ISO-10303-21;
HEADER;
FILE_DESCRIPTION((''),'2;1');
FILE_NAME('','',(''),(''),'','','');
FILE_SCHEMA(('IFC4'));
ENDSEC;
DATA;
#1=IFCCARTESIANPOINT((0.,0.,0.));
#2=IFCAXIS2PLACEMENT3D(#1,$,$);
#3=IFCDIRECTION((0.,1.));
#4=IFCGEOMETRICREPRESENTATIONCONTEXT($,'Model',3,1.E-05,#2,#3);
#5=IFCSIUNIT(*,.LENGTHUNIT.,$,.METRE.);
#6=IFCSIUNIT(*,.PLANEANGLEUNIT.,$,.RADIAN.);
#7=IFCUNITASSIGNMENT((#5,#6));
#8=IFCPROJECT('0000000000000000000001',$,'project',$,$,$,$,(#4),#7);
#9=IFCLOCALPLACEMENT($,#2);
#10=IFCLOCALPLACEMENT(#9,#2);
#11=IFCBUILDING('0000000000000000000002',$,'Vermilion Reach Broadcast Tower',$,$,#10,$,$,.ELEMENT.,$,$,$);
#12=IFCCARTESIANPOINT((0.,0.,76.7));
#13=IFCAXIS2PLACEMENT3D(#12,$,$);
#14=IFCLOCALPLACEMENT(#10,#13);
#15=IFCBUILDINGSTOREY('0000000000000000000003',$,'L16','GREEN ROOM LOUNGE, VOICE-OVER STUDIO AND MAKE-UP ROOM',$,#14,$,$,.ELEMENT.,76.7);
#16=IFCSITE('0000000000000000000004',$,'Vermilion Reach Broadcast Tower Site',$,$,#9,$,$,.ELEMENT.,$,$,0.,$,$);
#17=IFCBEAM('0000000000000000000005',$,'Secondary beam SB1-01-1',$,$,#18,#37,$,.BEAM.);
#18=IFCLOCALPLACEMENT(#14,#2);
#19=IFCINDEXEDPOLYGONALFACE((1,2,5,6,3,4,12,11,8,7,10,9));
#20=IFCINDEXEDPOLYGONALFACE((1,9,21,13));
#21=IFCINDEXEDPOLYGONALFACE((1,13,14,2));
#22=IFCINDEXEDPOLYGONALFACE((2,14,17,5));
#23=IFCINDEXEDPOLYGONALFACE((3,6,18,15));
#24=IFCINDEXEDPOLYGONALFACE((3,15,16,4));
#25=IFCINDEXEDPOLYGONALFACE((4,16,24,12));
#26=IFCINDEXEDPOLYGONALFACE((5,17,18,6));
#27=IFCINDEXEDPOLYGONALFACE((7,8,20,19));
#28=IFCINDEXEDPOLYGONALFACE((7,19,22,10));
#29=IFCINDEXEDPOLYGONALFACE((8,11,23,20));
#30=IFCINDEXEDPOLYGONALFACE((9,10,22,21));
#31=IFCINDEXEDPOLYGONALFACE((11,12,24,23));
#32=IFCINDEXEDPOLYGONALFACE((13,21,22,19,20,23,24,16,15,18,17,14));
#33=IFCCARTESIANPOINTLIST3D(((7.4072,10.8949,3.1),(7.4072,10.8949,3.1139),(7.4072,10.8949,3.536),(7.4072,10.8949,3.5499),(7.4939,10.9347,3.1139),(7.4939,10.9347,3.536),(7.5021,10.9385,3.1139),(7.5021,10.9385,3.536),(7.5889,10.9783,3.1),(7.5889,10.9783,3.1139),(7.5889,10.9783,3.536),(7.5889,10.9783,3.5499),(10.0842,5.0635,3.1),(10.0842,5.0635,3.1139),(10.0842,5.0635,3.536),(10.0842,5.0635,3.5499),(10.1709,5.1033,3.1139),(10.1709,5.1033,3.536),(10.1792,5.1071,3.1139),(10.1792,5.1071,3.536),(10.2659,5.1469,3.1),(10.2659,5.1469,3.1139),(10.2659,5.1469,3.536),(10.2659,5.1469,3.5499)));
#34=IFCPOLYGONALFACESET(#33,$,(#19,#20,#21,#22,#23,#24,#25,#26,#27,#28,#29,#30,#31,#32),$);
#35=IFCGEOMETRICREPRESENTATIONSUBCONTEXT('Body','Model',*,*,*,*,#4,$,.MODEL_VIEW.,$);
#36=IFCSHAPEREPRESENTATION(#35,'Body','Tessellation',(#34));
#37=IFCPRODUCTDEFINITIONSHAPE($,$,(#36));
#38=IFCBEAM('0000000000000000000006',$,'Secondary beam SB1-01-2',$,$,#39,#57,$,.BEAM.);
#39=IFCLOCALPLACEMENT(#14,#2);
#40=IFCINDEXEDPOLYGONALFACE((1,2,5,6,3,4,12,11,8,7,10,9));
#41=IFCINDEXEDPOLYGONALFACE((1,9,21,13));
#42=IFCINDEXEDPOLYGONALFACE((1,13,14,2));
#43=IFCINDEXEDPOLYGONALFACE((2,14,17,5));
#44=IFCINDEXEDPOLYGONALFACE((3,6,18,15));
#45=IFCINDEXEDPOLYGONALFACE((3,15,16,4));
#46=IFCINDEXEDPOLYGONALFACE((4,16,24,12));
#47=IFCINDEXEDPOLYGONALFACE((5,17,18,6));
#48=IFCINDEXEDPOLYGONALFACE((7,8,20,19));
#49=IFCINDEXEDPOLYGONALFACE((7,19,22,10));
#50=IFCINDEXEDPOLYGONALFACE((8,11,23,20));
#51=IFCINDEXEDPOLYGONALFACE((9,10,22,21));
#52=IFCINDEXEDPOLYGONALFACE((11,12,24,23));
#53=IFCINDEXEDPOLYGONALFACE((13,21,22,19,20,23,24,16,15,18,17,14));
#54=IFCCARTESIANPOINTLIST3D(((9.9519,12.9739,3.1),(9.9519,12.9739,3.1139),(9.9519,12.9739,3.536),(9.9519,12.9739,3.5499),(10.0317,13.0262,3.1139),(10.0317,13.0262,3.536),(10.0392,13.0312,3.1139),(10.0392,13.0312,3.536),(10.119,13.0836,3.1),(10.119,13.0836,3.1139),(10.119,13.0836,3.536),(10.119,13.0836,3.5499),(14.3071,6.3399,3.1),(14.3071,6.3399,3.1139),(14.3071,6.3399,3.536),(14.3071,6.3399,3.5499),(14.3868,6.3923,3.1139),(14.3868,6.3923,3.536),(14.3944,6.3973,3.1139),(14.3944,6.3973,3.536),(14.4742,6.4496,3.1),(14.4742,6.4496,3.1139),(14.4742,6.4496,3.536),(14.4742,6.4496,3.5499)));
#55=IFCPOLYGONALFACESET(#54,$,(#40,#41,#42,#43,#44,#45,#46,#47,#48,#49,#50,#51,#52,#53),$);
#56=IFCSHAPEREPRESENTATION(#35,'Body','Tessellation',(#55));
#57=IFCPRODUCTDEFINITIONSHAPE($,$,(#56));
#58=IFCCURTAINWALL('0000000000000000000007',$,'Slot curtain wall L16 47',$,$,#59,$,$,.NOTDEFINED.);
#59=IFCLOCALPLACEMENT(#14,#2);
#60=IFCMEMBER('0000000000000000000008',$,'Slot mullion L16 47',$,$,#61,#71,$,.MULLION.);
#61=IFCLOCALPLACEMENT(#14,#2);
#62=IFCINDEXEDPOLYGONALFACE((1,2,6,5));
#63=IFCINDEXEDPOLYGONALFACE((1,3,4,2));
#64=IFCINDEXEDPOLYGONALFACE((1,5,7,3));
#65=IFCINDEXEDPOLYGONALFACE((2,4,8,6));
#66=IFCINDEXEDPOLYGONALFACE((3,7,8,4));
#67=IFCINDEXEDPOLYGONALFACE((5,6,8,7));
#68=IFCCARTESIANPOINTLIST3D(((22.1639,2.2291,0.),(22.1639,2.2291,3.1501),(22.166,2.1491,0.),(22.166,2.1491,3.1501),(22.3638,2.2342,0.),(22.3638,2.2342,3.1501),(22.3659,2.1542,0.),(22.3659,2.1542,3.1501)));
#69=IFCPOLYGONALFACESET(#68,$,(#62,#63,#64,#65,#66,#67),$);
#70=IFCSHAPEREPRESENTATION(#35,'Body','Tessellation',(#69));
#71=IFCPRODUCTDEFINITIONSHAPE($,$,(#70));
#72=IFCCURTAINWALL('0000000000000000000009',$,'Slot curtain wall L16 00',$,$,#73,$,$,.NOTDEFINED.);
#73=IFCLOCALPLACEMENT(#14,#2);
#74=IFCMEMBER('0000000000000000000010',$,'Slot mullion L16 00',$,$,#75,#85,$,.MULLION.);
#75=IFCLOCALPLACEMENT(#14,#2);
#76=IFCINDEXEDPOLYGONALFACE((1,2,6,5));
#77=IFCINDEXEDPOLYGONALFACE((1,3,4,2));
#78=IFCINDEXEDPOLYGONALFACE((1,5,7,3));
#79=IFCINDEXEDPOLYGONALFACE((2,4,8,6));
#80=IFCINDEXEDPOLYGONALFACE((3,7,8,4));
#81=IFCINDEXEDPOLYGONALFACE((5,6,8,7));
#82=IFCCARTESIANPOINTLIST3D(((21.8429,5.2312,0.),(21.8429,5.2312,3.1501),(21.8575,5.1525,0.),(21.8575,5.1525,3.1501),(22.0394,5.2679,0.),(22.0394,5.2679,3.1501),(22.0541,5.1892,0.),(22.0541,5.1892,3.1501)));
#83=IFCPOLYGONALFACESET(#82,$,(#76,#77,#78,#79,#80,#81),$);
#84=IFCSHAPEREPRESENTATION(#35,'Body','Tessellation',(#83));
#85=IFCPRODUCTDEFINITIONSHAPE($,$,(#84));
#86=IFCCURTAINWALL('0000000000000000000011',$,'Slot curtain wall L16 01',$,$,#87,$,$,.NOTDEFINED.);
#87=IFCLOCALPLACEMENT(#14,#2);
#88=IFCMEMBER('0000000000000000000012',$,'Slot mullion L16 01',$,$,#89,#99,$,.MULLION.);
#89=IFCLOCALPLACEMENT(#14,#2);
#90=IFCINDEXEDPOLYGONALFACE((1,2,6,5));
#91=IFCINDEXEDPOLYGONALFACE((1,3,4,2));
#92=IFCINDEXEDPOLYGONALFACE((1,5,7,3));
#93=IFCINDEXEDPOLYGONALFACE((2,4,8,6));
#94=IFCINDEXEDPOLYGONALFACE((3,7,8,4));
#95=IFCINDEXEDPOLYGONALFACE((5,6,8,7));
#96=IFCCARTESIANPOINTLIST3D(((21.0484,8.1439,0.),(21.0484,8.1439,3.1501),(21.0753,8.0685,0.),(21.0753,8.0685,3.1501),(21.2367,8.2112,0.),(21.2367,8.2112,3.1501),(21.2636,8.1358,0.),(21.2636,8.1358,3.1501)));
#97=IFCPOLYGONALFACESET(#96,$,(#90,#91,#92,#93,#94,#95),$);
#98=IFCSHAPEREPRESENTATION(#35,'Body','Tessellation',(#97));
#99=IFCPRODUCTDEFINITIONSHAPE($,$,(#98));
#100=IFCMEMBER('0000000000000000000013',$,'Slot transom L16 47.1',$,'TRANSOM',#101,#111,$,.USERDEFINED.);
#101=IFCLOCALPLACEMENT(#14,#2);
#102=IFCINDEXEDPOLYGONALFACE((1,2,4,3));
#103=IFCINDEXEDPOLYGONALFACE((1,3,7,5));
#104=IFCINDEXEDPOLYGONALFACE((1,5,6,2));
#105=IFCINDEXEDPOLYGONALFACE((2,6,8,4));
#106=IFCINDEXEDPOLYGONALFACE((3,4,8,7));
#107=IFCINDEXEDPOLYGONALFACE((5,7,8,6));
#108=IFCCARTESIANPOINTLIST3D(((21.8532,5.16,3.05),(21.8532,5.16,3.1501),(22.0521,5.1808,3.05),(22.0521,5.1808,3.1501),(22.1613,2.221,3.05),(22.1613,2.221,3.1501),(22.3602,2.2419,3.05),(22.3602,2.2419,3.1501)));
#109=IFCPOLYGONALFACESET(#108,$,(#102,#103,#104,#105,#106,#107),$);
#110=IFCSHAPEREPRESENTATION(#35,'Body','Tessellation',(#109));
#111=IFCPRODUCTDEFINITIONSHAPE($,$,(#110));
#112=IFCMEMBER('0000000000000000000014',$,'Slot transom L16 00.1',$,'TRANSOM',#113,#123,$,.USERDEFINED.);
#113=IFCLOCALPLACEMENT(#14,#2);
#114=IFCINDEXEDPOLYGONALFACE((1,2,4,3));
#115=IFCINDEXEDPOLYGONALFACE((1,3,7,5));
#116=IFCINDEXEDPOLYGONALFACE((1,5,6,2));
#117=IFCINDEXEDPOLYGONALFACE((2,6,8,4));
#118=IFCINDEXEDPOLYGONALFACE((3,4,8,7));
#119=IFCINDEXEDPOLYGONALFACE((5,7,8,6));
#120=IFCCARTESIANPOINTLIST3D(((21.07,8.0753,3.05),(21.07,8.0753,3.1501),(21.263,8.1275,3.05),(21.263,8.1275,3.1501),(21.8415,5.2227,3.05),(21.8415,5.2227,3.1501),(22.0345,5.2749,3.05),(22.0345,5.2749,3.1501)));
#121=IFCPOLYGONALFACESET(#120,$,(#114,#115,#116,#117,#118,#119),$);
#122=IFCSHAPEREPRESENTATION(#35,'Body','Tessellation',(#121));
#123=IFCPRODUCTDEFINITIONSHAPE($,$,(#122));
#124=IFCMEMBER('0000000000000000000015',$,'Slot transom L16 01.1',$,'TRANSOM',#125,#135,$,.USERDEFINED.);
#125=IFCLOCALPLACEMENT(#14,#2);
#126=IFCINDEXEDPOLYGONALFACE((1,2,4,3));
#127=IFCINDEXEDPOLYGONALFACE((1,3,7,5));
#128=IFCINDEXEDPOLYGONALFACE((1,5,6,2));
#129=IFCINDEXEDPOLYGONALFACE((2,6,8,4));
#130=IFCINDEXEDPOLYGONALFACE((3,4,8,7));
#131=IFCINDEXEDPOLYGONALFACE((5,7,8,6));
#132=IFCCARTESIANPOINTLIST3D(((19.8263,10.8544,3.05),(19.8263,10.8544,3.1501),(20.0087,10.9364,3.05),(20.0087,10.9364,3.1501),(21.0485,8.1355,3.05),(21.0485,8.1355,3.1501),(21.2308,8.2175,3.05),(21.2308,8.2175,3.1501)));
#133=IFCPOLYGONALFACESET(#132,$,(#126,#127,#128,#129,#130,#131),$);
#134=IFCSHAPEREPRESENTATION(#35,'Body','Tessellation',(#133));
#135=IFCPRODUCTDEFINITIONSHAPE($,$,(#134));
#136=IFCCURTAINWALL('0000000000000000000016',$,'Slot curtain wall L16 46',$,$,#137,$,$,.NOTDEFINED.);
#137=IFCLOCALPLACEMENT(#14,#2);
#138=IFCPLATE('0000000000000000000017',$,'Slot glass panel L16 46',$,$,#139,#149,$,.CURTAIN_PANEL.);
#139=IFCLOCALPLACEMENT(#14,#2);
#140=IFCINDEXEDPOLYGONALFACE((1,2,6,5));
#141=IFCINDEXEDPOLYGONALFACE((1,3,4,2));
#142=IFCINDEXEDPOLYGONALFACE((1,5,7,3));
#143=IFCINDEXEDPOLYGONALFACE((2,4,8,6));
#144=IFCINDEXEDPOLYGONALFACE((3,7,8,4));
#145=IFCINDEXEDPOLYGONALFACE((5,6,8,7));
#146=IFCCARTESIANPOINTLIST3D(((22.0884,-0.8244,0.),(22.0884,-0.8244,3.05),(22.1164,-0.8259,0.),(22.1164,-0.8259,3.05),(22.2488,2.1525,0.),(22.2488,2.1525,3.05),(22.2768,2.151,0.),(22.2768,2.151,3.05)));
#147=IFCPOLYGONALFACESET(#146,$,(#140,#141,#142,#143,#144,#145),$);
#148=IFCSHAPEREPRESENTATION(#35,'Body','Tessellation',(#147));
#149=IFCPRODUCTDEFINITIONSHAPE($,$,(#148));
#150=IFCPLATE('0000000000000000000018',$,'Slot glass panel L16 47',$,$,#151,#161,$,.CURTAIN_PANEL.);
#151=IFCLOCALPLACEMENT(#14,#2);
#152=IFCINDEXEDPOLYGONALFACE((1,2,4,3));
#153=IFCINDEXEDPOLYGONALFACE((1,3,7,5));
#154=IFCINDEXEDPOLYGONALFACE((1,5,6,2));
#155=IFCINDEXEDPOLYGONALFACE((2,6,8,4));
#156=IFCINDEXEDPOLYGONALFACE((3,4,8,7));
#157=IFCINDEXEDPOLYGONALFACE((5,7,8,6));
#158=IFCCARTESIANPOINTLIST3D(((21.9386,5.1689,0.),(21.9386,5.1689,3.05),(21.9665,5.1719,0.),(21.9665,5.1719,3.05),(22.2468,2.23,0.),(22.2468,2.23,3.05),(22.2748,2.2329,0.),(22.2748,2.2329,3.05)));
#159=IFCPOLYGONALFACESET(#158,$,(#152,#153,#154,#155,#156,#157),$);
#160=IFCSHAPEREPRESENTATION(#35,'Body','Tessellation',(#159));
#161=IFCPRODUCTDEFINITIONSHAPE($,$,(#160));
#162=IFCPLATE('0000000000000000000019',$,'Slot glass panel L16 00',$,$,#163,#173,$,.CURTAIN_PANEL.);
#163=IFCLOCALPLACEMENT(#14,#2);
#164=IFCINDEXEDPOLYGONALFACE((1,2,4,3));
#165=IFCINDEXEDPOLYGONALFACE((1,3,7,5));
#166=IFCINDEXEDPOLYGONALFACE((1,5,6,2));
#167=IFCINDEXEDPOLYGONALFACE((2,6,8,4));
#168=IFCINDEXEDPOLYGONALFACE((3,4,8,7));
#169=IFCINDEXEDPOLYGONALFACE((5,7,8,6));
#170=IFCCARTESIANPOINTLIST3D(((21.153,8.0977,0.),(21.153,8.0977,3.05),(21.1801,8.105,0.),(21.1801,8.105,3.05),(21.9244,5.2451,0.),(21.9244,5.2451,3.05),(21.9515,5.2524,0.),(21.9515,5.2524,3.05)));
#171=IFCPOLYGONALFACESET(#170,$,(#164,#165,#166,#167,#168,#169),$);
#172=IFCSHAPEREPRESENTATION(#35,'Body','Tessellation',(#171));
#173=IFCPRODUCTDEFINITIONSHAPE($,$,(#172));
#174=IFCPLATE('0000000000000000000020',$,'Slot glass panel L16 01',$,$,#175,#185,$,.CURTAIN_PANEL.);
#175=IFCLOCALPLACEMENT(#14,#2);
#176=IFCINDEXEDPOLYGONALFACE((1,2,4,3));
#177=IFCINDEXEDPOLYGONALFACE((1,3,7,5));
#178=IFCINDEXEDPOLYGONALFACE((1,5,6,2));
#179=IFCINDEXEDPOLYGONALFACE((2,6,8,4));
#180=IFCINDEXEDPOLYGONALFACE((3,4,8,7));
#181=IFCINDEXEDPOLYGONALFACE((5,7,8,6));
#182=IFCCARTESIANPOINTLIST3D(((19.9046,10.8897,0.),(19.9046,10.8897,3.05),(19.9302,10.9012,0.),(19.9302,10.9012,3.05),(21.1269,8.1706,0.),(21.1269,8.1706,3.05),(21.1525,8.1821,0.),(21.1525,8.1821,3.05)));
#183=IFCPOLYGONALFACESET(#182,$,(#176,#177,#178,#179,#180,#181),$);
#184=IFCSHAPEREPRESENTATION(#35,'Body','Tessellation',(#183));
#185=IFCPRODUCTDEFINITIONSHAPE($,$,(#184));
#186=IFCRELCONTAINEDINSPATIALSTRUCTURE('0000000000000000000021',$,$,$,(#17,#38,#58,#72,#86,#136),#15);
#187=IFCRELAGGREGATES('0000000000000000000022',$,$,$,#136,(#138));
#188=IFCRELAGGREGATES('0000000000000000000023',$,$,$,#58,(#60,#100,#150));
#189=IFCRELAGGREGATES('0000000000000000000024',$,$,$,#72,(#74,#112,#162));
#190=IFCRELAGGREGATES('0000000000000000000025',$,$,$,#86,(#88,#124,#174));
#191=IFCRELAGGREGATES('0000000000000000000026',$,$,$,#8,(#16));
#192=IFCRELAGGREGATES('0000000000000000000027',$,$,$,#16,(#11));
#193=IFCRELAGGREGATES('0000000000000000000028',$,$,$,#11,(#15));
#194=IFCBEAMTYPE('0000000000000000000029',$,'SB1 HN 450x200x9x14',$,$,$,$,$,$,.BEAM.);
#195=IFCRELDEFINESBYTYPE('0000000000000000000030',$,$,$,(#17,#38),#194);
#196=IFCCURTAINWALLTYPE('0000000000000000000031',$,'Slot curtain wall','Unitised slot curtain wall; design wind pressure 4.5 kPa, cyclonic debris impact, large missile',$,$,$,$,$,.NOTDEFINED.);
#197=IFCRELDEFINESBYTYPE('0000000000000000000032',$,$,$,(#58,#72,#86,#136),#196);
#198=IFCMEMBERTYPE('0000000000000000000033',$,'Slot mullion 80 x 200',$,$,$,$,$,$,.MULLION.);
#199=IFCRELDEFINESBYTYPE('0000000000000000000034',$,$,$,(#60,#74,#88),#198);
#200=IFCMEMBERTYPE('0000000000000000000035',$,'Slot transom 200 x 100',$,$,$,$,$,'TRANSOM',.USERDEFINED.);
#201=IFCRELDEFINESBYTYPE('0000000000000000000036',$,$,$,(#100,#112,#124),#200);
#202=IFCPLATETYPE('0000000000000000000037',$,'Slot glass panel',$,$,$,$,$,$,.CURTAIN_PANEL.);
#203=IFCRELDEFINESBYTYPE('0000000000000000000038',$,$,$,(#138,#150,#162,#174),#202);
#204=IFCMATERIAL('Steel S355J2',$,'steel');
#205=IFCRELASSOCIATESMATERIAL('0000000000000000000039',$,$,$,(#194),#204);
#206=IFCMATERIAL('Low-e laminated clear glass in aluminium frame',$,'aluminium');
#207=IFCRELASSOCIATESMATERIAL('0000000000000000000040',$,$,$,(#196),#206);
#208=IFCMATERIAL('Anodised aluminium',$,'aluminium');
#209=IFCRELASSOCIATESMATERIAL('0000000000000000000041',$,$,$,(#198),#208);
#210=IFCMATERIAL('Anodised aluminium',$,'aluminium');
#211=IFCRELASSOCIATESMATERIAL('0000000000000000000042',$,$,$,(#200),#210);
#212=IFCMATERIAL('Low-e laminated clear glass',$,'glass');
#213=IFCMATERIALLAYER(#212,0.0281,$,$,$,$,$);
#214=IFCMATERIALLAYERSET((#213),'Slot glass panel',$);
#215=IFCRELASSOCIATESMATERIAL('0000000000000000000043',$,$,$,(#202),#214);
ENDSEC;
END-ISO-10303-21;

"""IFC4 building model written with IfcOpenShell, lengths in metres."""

from ifc_helpers import new_model, si_unit, direction, frame, origin, origin_2d, place, context, subcontext, project, spatial, rectangle, i_section, extrude, material, layer, layer_set, material_profile, profile_set, type_object, element, aggregate, save


model = new_model("IFC4")

# Units and contexts
model_context = context("Model", 3, precision=1e-05, world=origin(), true_north=direction((0.0, 1.0)))
body_context = subcontext(model_context, "Body", "Model", "MODEL_VIEW")
ifc_project = project(units=[si_unit("LENGTHUNIT", "METRE"), si_unit("PLANEANGLEUNIT", "RADIAN")], contexts=[model_context])

# Site, building, storey
site_placement = place(None, origin())
site = spatial("IfcSite", under=ifc_project, at=site_placement, Name="Vermilion Reach Broadcast Tower Site", CompositionType="ELEMENT", RefElevation=0.0)
building_placement = place(site_placement, origin())
building = spatial("IfcBuilding", under=site, at=building_placement, Name="Vermilion Reach Broadcast Tower", CompositionType="ELEMENT")
storey_placement = place(building_placement, frame((0.0, 0.0, 76.7)))
storey = spatial("IfcBuildingStorey", under=building, at=storey_placement, Name="L16", Description="GREEN ROOM LOUNGE, VOICE-OVER STUDIO AND MAKE-UP ROOM", CompositionType="ELEMENT", Elevation=76.7)

# Beams
ifc_material_1 = material(Name="Steel S355J2", Category="steel")
ifc_material_profile_1 = material_profile(ifc_material_1, i_section(OverallWidth=0.2, OverallDepth=0.45, WebThickness=0.009, FlangeThickness=0.0139, at=origin_2d()), Name="S355J2 HN 450x200x9x14")
ifc_profile_set_1 = profile_set([ifc_material_profile_1], Name="Steel S355J2")
beam_type_1 = type_object("IfcBeamType", Name="SB1 HN 450x200x9x14", PredefinedType="BEAM", material=ifc_profile_set_1)
beam_1_placement = place(storey_placement, frame((10.175, 5.1052, 3.325), z_axis=(-0.417211, 0.908809, 0.0), x_axis=(-0.908809, -0.417211, 0.0)))
element("IfcBeam", 1, at=beam_1_placement, inside=storey, type_object=beam_type_1, Name="Secondary beam SB1-01-1", PredefinedType="BEAM", context=body_context, shape_type="SweptSolid", body=[
    extrude(i_section(OverallWidth=0.2, OverallDepth=0.45, WebThickness=0.009, FlangeThickness=0.0139, at=origin_2d()), origin(), (0.0, 0.0, 1.0), 6.4165),
])
beam_2_placement = place(storey_placement, frame((14.3906, 6.3948, 3.325), z_axis=(-0.548801, 0.835953, 0.0), x_axis=(-0.835953, -0.548801, 0.0)))
element("IfcBeam", 2, at=beam_2_placement, inside=storey, type_object=beam_type_1, Name="Secondary beam SB1-01-2", PredefinedType="BEAM", context=body_context, shape_type="SweptSolid", body=[
    extrude(i_section(OverallWidth=0.2, OverallDepth=0.45, WebThickness=0.009, FlangeThickness=0.0139, at=origin_2d()), origin(), (0.0, 0.0, 1.0), 7.9358),
])

# Curtain walls, members
ifc_material_2 = material(Name="Low-e laminated clear glass in aluminium frame", Category="aluminium")
curtain_wall_type = type_object("IfcCurtainWallType", Name="Slot curtain wall", Description="Unitised slot curtain wall; design wind pressure 4.5 kPa, cyclonic debris impact, large missile", PredefinedType="NOTDEFINED", material=ifc_material_2)
placement = place(storey_placement, origin())
curtain_wall_1 = element("IfcCurtainWall", 3, at=placement, inside=storey, type_object=curtain_wall_type, Name="Slot curtain wall L16 47", PredefinedType="NOTDEFINED")
ifc_material_3 = material(Name="Anodised aluminium", Category="aluminium")
ifc_material_profile_2 = material_profile(ifc_material_3, rectangle(XDim=0.2, YDim=0.0801, at=origin_2d()), Name="Slot mullion 80 x 200")
ifc_profile_set_2 = profile_set([ifc_material_profile_2], Name="Anodised aluminium")
member_type_1 = type_object("IfcMemberType", Name="Slot mullion 80 x 200", PredefinedType="MULLION", material=ifc_profile_set_2)
member_1_placement = place(storey_placement, frame((22.2649, 2.1917, 0.0), z_axis=(0.0, 0.0, 1.0), x_axis=(-0.999679, -0.025324, 0.0)))
member_1 = element("IfcMember", 4, at=member_1_placement, type_object=member_type_1, Name="Slot mullion L16 47", PredefinedType="MULLION", context=body_context, shape_type="SweptSolid", body=[
    extrude(rectangle(XDim=0.2, YDim=0.0801, at=origin_2d()), origin(), (0.0, 0.0, 1.0), 3.1501),
])
curtain_wall_2 = element("IfcCurtainWall", 5, at=placement, inside=storey, type_object=curtain_wall_type, Name="Slot curtain wall L16 00", PredefinedType="NOTDEFINED")
member_2_placement = place(storey_placement, frame((21.9485, 5.2102, 0.0), z_axis=(0.0, 0.0, 1.0), x_axis=(-0.983064, -0.183265, 0.0)))
member_2 = element("IfcMember", 6, at=member_2_placement, type_object=member_type_1, Name="Slot mullion L16 00", PredefinedType="MULLION", context=body_context, shape_type="SweptSolid", body=[
    extrude(rectangle(XDim=0.2, YDim=0.0801, at=origin_2d()), origin(), (0.0, 0.0, 1.0), 3.1501),
])
curtain_wall_3 = element("IfcCurtainWall", 7, at=placement, inside=storey, type_object=curtain_wall_type, Name="Slot curtain wall L16 01", PredefinedType="NOTDEFINED")
member_3_placement = place(storey_placement, frame((21.156, 8.1399, 0.0), z_axis=(0.0, 0.0, 1.0), x_axis=(-0.941654, -0.336584, 0.0)))
member_3 = element("IfcMember", 8, at=member_3_placement, type_object=member_type_1, Name="Slot mullion L16 01", PredefinedType="MULLION", context=body_context, shape_type="SweptSolid", body=[
    extrude(rectangle(XDim=0.2, YDim=0.0801, at=origin_2d()), origin(), (0.0, 0.0, 1.0), 3.1501),
])

# Members
ifc_material_4 = material(Name="Anodised aluminium", Category="aluminium")
ifc_material_profile_3 = material_profile(ifc_material_4, rectangle(XDim=0.2, YDim=0.1001, at=origin_2d()), Name="Slot transom 200 x 100")
ifc_profile_set_3 = profile_set([ifc_material_profile_3], Name="Anodised aluminium")
member_type_2 = type_object("IfcMemberType", Name="Slot transom 200 x 100", ElementType="TRANSOM", PredefinedType="USERDEFINED", material=ifc_profile_set_3)
member_4_placement = place(storey_placement, frame((22.2607, 2.2314, 3.1001), z_axis=(-0.104263, 0.99455, 0.0), x_axis=(-0.99455, -0.104263, 0.0)))
member_4 = element("IfcMember", 9, at=member_4_placement, type_object=member_type_2, Name="Slot transom L16 47.1", ObjectType="TRANSOM", PredefinedType="USERDEFINED", context=body_context, shape_type="SweptSolid", body=[
    extrude(rectangle(XDim=0.2, YDim=0.1001, at=origin_2d()), origin(), (0.0, 0.0, 1.0), 2.9551),
])
member_5_placement = place(storey_placement, frame((21.938, 5.2488, 3.1001), z_axis=(-0.261075, 0.965318, 0.0), x_axis=(-0.965318, -0.261075, 0.0)))
member_5 = element("IfcMember", 10, at=member_5_placement, type_object=member_type_2, Name="Slot transom L16 00.1", ObjectType="TRANSOM", PredefinedType="USERDEFINED", context=body_context, shape_type="SweptSolid", body=[
    extrude(rectangle(XDim=0.2, YDim=0.1001, at=origin_2d()), origin(), (0.0, 0.0, 1.0), 2.9551),
])
member_6_placement = place(storey_placement, frame((21.1396, 8.1765, 3.1001), z_axis=(-0.40998, 0.912095, 0.0), x_axis=(-0.912095, -0.40998, 0.0)))
member_6 = element("IfcMember", 11, at=member_6_placement, type_object=member_type_2, Name="Slot transom L16 01.1", ObjectType="TRANSOM", PredefinedType="USERDEFINED", context=body_context, shape_type="SweptSolid", body=[
    extrude(rectangle(XDim=0.2, YDim=0.1001, at=origin_2d()), origin(), (0.0, 0.0, 1.0), 2.981),
])

# Curtain wall, plate
curtain_wall_4 = element("IfcCurtainWall", 12, at=placement, inside=storey, type_object=curtain_wall_type, Name="Slot curtain wall L16 46", PredefinedType="NOTDEFINED")
ifc_material_5 = material(Name="Low-e laminated clear glass", Category="glass")
ifc_layer_1 = layer(ifc_material_5, 0.0281)
ifc_layer_set_1 = layer_set([ifc_layer_1], Name="Slot glass panel")
plate_type = type_object("IfcPlateType", Name="Slot glass panel", PredefinedType="CURTAIN_PANEL", material=ifc_layer_set_1)
plate_1_placement = place(storey_placement, frame((22.1826, 0.6633, 0.0), z_axis=(0.0, 0.0, 1.0), x_axis=(0.053809, 0.998551, 0.0)))
plate_1 = element("IfcPlate", 13, at=plate_1_placement, type_object=plate_type, Name="Slot glass panel L16 46", PredefinedType="CURTAIN_PANEL", context=body_context, shape_type="SweptSolid", body=[
    extrude(rectangle(XDim=2.9812, YDim=0.0281, at=origin_2d()), origin(), (0.0, 0.0, 1.0), 3.05),
])
aggregate(curtain_wall_4, [plate_1])

# Plates
plate_2_placement = place(storey_placement, frame((22.1067, 3.7009, 0.0), z_axis=(0.0, 0.0, 1.0), x_axis=(-0.104299, 0.994546, 0.0)))
plate_2 = element("IfcPlate", 14, at=plate_2_placement, type_object=plate_type, Name="Slot glass panel L16 47", PredefinedType="CURTAIN_PANEL", context=body_context, shape_type="SweptSolid", body=[
    extrude(rectangle(XDim=2.9551, YDim=0.0281, at=origin_2d()), origin(), (0.0, 0.0, 1.0), 3.05),
])
aggregate(curtain_wall_1, [member_1, member_4, plate_2])
plate_3_placement = place(storey_placement, frame((21.5522, 6.675, 0.0), z_axis=(0.0, 0.0, 1.0), x_axis=(-0.261064, 0.965321, 0.0)))
plate_3 = element("IfcPlate", 15, at=plate_3_placement, type_object=plate_type, Name="Slot glass panel L16 00", PredefinedType="CURTAIN_PANEL", context=body_context, shape_type="SweptSolid", body=[
    extrude(rectangle(XDim=2.9551, YDim=0.0281, at=origin_2d()), origin(), (0.0, 0.0, 1.0), 3.05),
])
aggregate(curtain_wall_2, [member_2, member_5, plate_3])
plate_4_placement = place(storey_placement, frame((20.5286, 9.5359, 0.0), z_axis=(0.0, 0.0, 1.0), x_axis=(-0.409995, 0.912088, 0.0)))
plate_4 = element("IfcPlate", 16, at=plate_4_placement, type_object=plate_type, Name="Slot glass panel L16 01", PredefinedType="CURTAIN_PANEL", context=body_context, shape_type="SweptSolid", body=[
    extrude(rectangle(XDim=2.9812, YDim=0.0281, at=origin_2d()), origin(), (0.0, 0.0, 1.0), 3.05),
])
aggregate(curtain_wall_3, [member_3, member_6, plate_4])

save(model, "model.ifc")
